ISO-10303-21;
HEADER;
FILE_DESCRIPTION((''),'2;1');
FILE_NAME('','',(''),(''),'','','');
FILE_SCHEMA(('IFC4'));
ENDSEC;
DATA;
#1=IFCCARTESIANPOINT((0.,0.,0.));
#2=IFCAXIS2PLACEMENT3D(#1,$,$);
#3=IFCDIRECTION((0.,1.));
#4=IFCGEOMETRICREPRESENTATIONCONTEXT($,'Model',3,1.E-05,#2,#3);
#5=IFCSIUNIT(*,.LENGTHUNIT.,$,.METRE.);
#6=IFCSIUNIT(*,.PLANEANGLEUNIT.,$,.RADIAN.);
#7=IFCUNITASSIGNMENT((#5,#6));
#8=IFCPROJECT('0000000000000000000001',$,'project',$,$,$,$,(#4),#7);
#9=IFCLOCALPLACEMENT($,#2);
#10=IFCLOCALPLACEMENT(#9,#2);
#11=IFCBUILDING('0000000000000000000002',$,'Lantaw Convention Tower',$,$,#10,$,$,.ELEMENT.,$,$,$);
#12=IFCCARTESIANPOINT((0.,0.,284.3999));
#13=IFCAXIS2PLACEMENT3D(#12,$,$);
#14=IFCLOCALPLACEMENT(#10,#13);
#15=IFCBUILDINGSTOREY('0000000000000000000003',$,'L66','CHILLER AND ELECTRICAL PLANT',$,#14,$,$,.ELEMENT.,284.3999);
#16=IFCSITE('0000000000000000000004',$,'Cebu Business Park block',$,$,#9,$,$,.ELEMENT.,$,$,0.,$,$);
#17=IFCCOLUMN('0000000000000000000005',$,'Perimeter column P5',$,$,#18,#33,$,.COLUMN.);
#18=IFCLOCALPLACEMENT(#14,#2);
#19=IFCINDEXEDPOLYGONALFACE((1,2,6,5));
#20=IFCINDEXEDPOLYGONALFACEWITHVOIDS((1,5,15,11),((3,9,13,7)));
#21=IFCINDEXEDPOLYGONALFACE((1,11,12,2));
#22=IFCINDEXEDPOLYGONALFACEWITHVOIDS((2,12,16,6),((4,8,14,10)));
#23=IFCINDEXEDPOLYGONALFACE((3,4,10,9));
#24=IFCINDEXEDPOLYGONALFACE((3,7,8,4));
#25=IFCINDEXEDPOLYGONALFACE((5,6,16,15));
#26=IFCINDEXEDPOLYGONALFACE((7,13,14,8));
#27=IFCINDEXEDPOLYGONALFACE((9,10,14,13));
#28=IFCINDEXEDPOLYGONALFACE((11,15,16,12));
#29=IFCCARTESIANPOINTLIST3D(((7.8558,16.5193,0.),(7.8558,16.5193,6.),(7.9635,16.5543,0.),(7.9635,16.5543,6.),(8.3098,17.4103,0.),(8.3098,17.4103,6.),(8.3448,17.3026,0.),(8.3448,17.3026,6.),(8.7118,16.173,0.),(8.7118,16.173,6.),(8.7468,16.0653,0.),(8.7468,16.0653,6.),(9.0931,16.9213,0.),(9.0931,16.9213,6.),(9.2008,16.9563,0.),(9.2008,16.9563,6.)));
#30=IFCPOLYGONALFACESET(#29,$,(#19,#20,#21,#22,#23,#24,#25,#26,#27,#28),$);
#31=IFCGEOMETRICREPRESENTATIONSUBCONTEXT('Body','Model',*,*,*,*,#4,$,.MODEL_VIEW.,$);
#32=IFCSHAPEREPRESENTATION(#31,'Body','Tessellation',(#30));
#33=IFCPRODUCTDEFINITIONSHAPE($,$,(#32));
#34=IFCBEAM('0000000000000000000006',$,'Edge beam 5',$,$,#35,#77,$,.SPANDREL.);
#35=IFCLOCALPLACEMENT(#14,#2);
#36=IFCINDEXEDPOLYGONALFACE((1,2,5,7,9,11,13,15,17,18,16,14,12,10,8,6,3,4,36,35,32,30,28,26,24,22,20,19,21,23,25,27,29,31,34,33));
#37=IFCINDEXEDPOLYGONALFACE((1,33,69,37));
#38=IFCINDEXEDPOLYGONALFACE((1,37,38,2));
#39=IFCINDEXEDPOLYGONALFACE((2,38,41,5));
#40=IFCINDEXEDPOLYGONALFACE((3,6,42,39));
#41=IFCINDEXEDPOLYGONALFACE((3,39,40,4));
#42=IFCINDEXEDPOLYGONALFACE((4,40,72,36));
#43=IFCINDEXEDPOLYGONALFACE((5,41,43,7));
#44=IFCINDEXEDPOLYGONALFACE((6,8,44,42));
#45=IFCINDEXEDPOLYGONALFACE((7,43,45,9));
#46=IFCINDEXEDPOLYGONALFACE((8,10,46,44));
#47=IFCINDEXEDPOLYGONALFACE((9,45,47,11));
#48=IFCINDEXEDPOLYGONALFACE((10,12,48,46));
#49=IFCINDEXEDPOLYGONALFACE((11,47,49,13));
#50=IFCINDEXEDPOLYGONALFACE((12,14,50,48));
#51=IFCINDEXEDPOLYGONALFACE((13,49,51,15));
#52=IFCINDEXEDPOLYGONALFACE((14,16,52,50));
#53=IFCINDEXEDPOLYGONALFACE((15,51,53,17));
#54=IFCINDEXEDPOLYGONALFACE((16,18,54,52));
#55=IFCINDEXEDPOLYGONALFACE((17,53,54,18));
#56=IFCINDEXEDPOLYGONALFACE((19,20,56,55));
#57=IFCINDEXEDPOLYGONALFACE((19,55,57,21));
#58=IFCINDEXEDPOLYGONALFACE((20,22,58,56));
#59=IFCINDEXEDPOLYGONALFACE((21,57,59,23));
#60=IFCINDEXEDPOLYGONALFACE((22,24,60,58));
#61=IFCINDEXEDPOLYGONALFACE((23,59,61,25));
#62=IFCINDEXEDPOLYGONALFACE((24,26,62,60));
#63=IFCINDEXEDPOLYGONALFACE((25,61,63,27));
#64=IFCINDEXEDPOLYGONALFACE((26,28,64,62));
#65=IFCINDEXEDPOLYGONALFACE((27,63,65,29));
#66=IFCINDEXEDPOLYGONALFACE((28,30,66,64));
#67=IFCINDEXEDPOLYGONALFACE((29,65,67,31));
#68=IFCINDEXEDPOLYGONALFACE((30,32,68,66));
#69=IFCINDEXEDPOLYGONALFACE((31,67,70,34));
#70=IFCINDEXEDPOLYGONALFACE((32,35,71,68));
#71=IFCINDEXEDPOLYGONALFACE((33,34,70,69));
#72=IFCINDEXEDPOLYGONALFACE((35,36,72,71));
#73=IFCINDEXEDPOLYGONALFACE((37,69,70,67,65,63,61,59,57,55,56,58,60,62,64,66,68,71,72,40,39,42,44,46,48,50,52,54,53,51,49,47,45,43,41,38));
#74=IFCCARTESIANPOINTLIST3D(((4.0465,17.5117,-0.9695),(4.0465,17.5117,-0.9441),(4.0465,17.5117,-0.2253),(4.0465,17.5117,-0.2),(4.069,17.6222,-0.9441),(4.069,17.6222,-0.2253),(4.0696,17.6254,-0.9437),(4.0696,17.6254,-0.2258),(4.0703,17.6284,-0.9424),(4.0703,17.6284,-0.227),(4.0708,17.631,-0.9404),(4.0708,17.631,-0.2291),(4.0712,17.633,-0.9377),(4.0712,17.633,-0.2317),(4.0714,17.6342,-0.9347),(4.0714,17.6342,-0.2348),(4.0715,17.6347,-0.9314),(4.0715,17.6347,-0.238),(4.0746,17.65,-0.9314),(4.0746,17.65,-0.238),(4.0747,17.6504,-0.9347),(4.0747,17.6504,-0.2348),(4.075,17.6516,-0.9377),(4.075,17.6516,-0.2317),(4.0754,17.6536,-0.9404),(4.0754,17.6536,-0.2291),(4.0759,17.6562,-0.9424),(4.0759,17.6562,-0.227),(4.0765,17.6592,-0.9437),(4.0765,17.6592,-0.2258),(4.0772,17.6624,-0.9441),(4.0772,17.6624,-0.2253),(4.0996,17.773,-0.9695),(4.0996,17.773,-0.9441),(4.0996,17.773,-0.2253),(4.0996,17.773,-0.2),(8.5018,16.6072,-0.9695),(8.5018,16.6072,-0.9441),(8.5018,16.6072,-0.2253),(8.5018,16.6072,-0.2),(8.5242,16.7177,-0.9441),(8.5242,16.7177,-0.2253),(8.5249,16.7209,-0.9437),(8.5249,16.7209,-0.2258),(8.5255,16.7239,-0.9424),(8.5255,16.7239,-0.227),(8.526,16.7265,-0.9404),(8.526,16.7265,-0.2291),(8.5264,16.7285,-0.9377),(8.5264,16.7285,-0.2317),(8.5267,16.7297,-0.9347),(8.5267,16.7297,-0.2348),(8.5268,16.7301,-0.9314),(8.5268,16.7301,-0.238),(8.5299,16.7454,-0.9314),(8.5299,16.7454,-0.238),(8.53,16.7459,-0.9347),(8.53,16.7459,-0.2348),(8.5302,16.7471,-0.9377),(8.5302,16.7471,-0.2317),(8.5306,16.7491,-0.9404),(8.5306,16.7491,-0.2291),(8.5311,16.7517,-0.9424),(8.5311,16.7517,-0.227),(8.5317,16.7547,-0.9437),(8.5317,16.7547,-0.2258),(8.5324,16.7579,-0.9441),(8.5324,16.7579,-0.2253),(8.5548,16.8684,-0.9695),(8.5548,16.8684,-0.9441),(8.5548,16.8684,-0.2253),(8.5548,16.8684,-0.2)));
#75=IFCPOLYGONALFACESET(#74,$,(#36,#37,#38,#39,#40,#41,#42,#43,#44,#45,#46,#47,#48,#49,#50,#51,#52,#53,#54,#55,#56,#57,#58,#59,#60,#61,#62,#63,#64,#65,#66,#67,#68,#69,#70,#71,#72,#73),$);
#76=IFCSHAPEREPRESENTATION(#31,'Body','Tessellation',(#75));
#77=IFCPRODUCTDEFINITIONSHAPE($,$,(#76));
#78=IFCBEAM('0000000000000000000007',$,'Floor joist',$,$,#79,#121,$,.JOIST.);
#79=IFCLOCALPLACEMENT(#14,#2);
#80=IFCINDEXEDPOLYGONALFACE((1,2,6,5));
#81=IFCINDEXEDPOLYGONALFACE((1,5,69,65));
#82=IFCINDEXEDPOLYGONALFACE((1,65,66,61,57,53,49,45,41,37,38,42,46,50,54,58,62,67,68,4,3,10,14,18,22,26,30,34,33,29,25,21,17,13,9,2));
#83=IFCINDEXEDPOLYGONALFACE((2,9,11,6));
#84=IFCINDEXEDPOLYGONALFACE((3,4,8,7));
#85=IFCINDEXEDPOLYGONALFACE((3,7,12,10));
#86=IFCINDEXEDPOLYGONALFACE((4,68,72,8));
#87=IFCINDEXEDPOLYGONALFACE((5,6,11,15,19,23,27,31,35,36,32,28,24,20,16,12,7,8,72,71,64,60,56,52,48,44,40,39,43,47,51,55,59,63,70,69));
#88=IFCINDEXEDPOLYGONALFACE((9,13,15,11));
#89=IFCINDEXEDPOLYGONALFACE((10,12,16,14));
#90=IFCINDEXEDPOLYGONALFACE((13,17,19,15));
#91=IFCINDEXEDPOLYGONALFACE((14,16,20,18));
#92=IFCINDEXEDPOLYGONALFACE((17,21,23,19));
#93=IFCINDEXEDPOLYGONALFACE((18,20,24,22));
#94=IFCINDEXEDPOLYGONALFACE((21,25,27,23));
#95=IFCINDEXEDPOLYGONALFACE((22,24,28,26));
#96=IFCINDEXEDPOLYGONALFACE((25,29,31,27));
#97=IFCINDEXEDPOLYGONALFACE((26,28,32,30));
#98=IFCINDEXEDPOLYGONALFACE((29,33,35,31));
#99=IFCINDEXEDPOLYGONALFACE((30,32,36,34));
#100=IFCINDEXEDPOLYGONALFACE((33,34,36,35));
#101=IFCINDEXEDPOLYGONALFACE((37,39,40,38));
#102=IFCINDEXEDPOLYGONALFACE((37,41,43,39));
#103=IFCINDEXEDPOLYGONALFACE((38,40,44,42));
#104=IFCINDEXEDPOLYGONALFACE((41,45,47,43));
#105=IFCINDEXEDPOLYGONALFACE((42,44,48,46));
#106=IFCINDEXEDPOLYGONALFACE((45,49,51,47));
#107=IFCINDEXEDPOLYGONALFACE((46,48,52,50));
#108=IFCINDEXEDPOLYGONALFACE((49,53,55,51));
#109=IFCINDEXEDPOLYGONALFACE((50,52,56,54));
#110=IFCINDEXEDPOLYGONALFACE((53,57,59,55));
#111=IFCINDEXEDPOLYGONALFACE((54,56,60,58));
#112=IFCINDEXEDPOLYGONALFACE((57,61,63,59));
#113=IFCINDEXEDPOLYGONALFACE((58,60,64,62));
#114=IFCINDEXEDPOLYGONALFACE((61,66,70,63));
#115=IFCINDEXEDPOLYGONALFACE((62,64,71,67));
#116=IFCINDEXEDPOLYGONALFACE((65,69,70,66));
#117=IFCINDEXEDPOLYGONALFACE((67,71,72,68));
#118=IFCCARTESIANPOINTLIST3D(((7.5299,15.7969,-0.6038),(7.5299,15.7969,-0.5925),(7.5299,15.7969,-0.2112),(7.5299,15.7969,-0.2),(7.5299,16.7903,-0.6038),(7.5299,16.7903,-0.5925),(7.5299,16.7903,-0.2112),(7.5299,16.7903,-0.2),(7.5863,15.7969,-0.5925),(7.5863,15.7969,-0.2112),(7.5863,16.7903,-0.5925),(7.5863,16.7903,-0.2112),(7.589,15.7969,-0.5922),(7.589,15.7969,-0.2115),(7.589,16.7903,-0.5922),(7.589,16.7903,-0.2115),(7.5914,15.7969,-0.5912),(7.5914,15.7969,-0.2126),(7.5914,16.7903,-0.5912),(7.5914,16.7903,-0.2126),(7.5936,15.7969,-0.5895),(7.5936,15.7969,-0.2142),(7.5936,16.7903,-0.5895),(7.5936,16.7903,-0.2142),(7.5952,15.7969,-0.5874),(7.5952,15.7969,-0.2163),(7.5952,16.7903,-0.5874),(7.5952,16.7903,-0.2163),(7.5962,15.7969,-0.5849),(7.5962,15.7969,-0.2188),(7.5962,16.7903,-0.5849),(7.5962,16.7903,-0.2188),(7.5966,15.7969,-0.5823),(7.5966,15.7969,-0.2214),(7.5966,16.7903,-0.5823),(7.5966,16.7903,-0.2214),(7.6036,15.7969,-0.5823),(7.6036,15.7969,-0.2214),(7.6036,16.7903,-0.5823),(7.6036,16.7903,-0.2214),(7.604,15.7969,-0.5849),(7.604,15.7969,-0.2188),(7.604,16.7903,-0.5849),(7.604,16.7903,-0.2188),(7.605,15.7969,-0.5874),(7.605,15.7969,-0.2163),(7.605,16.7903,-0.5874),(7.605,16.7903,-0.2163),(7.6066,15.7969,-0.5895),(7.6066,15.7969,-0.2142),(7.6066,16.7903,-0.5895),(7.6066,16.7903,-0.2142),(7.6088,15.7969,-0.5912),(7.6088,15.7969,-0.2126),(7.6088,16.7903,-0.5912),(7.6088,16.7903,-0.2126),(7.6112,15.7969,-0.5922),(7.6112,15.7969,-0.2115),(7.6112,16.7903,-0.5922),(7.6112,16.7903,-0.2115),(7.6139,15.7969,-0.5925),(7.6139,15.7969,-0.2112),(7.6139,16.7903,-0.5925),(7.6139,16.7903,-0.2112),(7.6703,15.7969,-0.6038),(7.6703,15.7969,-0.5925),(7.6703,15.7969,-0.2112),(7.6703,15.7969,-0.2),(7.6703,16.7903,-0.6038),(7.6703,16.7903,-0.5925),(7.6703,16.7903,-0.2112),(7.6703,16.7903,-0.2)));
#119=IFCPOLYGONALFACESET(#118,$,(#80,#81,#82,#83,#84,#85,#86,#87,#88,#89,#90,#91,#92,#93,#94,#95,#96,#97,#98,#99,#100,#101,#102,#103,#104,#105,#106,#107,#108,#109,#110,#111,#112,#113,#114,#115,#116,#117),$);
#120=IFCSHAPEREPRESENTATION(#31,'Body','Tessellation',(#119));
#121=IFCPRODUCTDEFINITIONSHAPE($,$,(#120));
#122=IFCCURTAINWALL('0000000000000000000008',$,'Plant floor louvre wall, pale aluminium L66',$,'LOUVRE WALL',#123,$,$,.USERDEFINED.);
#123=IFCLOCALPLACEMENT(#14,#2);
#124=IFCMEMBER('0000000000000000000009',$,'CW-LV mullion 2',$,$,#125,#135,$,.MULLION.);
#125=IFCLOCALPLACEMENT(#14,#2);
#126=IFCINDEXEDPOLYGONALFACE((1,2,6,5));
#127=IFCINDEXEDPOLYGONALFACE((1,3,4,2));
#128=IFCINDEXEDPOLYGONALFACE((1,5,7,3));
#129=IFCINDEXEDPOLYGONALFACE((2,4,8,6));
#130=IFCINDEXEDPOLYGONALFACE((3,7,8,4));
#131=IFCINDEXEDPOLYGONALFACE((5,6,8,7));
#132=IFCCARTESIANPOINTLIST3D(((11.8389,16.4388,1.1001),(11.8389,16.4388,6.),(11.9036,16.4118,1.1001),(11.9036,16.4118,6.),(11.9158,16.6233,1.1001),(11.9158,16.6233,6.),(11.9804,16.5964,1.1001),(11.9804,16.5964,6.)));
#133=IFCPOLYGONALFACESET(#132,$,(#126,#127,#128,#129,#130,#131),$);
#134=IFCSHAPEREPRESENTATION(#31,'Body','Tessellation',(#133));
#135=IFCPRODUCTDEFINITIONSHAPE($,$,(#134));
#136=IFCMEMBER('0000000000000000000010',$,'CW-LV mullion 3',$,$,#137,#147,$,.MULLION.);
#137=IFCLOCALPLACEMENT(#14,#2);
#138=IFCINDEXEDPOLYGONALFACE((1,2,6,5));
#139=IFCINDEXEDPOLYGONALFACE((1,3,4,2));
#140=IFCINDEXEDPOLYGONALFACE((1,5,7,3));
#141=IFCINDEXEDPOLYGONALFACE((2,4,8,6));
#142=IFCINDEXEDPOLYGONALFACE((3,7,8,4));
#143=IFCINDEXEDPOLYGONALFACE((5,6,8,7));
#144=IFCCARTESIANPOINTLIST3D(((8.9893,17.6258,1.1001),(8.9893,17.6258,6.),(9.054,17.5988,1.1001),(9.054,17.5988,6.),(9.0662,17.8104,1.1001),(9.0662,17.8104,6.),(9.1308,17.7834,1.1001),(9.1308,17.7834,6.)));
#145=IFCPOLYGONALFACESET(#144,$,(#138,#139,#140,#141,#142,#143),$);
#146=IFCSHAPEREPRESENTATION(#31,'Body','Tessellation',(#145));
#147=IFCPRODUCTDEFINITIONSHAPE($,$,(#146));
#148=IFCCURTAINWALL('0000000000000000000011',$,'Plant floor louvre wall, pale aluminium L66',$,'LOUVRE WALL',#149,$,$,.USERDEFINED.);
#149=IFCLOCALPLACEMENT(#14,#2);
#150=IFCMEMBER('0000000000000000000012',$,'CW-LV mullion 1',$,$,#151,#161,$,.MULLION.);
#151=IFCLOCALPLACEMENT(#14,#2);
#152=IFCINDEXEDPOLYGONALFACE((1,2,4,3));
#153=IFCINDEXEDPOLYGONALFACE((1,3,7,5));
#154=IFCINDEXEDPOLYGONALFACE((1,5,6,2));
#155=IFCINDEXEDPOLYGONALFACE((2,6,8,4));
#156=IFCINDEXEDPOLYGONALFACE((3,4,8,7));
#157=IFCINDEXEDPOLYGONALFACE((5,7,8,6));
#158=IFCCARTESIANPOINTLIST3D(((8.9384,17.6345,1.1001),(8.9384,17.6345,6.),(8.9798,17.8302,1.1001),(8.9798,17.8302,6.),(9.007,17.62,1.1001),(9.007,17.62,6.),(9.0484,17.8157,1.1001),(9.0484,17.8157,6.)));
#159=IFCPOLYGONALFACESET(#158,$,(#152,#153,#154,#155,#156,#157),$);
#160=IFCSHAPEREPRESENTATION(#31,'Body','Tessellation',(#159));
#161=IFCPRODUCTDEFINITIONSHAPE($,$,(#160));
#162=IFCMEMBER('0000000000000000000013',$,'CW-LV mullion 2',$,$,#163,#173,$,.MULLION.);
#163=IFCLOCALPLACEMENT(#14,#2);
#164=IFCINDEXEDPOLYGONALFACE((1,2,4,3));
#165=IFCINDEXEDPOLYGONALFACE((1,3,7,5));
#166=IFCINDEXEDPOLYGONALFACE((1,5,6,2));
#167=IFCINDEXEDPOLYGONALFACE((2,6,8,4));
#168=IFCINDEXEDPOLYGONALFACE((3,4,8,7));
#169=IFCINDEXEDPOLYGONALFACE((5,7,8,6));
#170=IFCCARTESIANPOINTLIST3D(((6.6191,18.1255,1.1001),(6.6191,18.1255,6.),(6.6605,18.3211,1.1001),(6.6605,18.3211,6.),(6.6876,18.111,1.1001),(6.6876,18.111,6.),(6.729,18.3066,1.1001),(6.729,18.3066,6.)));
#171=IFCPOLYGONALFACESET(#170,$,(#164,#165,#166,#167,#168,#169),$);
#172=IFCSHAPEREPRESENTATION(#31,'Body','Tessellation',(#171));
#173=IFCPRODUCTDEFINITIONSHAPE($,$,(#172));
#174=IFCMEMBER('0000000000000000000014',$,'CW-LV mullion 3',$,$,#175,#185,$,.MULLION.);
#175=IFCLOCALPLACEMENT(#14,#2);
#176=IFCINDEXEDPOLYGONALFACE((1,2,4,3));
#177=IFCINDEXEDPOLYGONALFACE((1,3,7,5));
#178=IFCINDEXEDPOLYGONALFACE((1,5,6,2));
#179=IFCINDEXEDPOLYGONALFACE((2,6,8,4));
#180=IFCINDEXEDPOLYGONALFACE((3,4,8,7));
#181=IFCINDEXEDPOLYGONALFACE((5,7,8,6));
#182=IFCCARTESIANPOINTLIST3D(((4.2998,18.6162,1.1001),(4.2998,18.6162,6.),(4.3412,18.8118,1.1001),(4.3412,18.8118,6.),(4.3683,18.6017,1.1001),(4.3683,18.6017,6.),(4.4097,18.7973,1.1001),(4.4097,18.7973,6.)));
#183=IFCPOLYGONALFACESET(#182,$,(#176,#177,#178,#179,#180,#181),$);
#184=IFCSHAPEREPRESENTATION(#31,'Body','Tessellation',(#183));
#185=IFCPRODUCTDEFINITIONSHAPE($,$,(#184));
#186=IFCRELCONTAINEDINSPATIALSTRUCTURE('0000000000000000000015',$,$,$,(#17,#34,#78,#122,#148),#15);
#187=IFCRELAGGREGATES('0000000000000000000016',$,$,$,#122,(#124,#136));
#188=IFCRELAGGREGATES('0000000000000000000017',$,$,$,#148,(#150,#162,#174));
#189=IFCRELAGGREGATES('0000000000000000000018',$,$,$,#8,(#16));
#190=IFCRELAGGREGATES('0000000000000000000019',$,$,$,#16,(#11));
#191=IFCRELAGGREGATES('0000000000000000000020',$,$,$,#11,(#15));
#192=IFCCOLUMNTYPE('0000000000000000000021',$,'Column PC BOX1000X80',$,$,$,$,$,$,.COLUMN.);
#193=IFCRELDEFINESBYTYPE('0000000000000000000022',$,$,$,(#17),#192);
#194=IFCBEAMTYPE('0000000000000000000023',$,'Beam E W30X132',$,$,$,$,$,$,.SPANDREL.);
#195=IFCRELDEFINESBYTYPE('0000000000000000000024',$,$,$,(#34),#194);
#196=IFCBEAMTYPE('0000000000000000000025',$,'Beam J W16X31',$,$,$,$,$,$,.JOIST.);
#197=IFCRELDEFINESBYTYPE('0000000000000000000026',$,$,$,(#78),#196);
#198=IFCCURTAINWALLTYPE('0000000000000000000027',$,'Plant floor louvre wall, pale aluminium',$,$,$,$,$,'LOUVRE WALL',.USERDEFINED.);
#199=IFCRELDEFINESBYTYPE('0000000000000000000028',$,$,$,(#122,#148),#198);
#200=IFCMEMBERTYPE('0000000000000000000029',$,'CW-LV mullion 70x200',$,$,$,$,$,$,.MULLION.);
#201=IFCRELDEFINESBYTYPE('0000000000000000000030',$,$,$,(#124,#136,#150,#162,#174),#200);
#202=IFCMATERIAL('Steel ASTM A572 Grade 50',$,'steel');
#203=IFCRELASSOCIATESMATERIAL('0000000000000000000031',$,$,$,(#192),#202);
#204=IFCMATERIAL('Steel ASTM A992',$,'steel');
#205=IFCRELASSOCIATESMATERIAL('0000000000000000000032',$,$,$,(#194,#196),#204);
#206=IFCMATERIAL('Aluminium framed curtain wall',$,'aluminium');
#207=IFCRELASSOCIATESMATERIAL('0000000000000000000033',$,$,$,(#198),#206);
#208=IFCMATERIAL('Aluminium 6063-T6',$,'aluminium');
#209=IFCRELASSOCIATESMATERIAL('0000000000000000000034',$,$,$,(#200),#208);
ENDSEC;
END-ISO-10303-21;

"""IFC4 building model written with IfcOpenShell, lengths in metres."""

from ifc_helpers import new_model, si_unit, direction, frame, origin, origin_2d, place, context, subcontext, project, spatial, rectangle, hollow_rectangle, i_section, extrude, material, material_profile, profile_set, type_object, element, aggregate, save


model = new_model("IFC4")

# Units and contexts
model_context = context("Model", 3, precision=1e-05, world=origin(), true_north=direction((0.0, 1.0)))
body_context = subcontext(model_context, "Body", "Model", "MODEL_VIEW")
ifc_project = project(units=[si_unit("LENGTHUNIT", "METRE"), si_unit("PLANEANGLEUNIT", "RADIAN")], contexts=[model_context])

# Site, building, storey
site_placement = place(None, origin())
site = spatial("IfcSite", under=ifc_project, at=site_placement, Name="Cebu Business Park block", CompositionType="ELEMENT", RefElevation=0.0)
building_placement = place(site_placement, origin())
building = spatial("IfcBuilding", under=site, at=building_placement, Name="Lantaw Convention Tower", CompositionType="ELEMENT")
storey_placement = place(building_placement, frame((0.0, 0.0, 284.3999)))
storey = spatial("IfcBuildingStorey", under=building, at=storey_placement, Name="L66", Description="CHILLER AND ELECTRICAL PLANT", CompositionType="ELEMENT", Elevation=284.3999)

# Column
ifc_material_1 = material(Name="Steel ASTM A572 Grade 50", Category="steel")
ifc_material_profile_1 = material_profile(ifc_material_1, hollow_rectangle(XDim=1.0, YDim=1.0, WallThickness=0.0801, at=origin_2d()), Name="BOX1000X80")
ifc_material_2 = material(Name="Concrete C60/75", Category="concrete")
ifc_material_profile_2 = material_profile(ifc_material_2, rectangle(XDim=0.8401, YDim=0.8401, at=origin_2d()), Name="Concrete fill of BOX1000X80")
ifc_profile_set_1 = profile_set([ifc_material_profile_1, ifc_material_profile_2], Name="Steel ASTM A572 Grade 50")
column_type = type_object("IfcColumnType", Name="Column PC BOX1000X80", PredefinedType="COLUMN", material=ifc_profile_set_1)
column_placement = place(storey_placement, frame((8.5283, 16.7378, 0.0), z_axis=(0.0, 0.0, 1.0), x_axis=(0.45399, 0.891007, 0.0)))
element("IfcColumn", 1, at=column_placement, inside=storey, type_object=column_type, Name="Perimeter column P5", PredefinedType="COLUMN", context=body_context, shape_type="SweptSolid", body=[
    extrude(hollow_rectangle(XDim=1.0, YDim=1.0, WallThickness=0.0801, at=origin_2d()), origin(), (0.0, 0.0, 1.0), 6.0),
])

# Beams
ifc_material_3 = material(Name="Steel ASTM A992", Category="steel")
ifc_material_profile_3 = material_profile(ifc_material_3, i_section(OverallWidth=0.2666, OverallDepth=0.7695, WebThickness=0.0156, FlangeThickness=0.0254, FilletRadius=0.0127, at=origin_2d()), Name="W30X132")
ifc_profile_set_2 = profile_set([ifc_material_profile_3], Name="Steel ASTM A992")
beam_type_1 = type_object("IfcBeamType", Name="Beam E W30X132", PredefinedType="SPANDREL", material=ifc_profile_set_2)
beam_1_placement = place(storey_placement, frame((8.5283, 16.7378, -0.5847), z_axis=(-0.980006, 0.198966, 0.0), x_axis=(-0.198966, -0.980006, 0.0)))
element("IfcBeam", 2, at=beam_1_placement, inside=storey, type_object=beam_type_1, Name="Edge beam 5", PredefinedType="SPANDREL", context=body_context, shape_type="SweptSolid", body=[
    extrude(i_section(OverallWidth=0.2666, OverallDepth=0.7695, WebThickness=0.0156, FlangeThickness=0.0254, FilletRadius=0.0127, at=origin_2d()), origin(), (0.0, 0.0, 1.0), 4.5461),
])
ifc_material_profile_4 = material_profile(ifc_material_3, i_section(OverallWidth=0.1404, OverallDepth=0.4038, WebThickness=0.0071, FlangeThickness=0.0112, FilletRadius=0.0103, at=origin_2d()), Name="W16X31")
ifc_profile_set_3 = profile_set([ifc_material_profile_4], Name="Steel ASTM A992")
beam_type_2 = type_object("IfcBeamType", Name="Beam J W16X31", PredefinedType="JOIST", material=ifc_profile_set_3)
beam_2_placement = place(storey_placement, frame((7.6001, 15.7969, -0.4019), z_axis=(0.0, 1.0, 0.0), x_axis=(-1.0, 0.0, 0.0)))
element("IfcBeam", 3, at=beam_2_placement, inside=storey, type_object=beam_type_2, Name="Floor joist", PredefinedType="JOIST", context=body_context, shape_type="SweptSolid", body=[
    extrude(i_section(OverallWidth=0.1404, OverallDepth=0.4038, WebThickness=0.0071, FlangeThickness=0.0112, FilletRadius=0.0103, at=origin_2d()), origin(), (0.0, 0.0, 1.0), 0.9934),
])

# Curtain walls, members
ifc_material_4 = material(Name="Aluminium framed curtain wall", Category="aluminium")
curtain_wall_type = type_object("IfcCurtainWallType", Name="Plant floor louvre wall, pale aluminium", ElementType="LOUVRE WALL", PredefinedType="USERDEFINED", material=ifc_material_4)
curtain_wall_1_placement = place(storey_placement, origin())
curtain_wall_1 = element("IfcCurtainWall", 4, at=curtain_wall_1_placement, inside=storey, type_object=curtain_wall_type, Name="Plant floor louvre wall, pale aluminium L66", ObjectType="LOUVRE WALL", PredefinedType="USERDEFINED")
ifc_material_5 = material(Name="Aluminium 6063-T6", Category="aluminium")
ifc_material_profile_5 = material_profile(ifc_material_5, rectangle(XDim=0.2, YDim=0.0701, at=origin_2d()), Name="CW-LV mullion 70x200")
ifc_profile_set_4 = profile_set([ifc_material_profile_5], Name="Aluminium 6063-T6")
member_type_1 = type_object("IfcMemberType", Name="CW-LV mullion 70x200", PredefinedType="MULLION", material=ifc_profile_set_4)
member_1_placement = place(storey_placement, frame((11.9097, 16.5176, 1.1001), z_axis=(0.0, 0.0, 1.0), x_axis=(-0.38446, -0.923142, 0.0)))
member_1 = element("IfcMember", 5, at=member_1_placement, type_object=member_type_1, Name="CW-LV mullion 2", PredefinedType="MULLION", context=body_context, shape_type="SweptSolid", body=[
    extrude(rectangle(XDim=0.2, YDim=0.0701, at=origin_2d()), origin(), (0.0, 0.0, 1.0), 4.8999),
])
member_2_placement = place(storey_placement, frame((9.0601, 17.7046, 1.1001), z_axis=(0.0, 0.0, 1.0), x_axis=(-0.38446, -0.923142, 0.0)))
member_2 = element("IfcMember", 6, at=member_2_placement, type_object=member_type_1, Name="CW-LV mullion 3", PredefinedType="MULLION", context=body_context, shape_type="SweptSolid", body=[
    extrude(rectangle(XDim=0.2, YDim=0.0701, at=origin_2d()), origin(), (0.0, 0.0, 1.0), 4.8999),
])
curtain_wall_2_placement = place(storey_placement, origin())
curtain_wall_2 = element("IfcCurtainWall", 7, at=curtain_wall_2_placement, inside=storey, type_object=curtain_wall_type, Name="Plant floor louvre wall, pale aluminium L66", ObjectType="LOUVRE WALL", PredefinedType="USERDEFINED")
member_3_placement = place(storey_placement, frame((8.9934, 17.7251, 1.1001), z_axis=(0.0, 0.0, 1.0), x_axis=(-0.20704, -0.978332, 0.0)))
member_3 = element("IfcMember", 8, at=member_3_placement, type_object=member_type_1, Name="CW-LV mullion 1", PredefinedType="MULLION", context=body_context, shape_type="SweptSolid", body=[
    extrude(rectangle(XDim=0.2, YDim=0.0701, at=origin_2d()), origin(), (0.0, 0.0, 1.0), 4.8999),
])
member_4_placement = place(storey_placement, frame((6.6741, 18.2161, 1.1001), z_axis=(0.0, 0.0, 1.0), x_axis=(-0.20704, -0.978332, 0.0)))
member_4 = element("IfcMember", 9, at=member_4_placement, type_object=member_type_1, Name="CW-LV mullion 2", PredefinedType="MULLION", context=body_context, shape_type="SweptSolid", body=[
    extrude(rectangle(XDim=0.2, YDim=0.0701, at=origin_2d()), origin(), (0.0, 0.0, 1.0), 4.8999),
])
member_5_placement = place(storey_placement, frame((4.3547, 18.7068, 1.1001), z_axis=(0.0, 0.0, 1.0), x_axis=(-0.20704, -0.978332, 0.0)))
member_5 = element("IfcMember", 10, at=member_5_placement, type_object=member_type_1, Name="CW-LV mullion 3", PredefinedType="MULLION", context=body_context, shape_type="SweptSolid", body=[
    extrude(rectangle(XDim=0.2, YDim=0.0701, at=origin_2d()), origin(), (0.0, 0.0, 1.0), 4.8999),
])

aggregate(curtain_wall_1, [member_1, member_2])
aggregate(curtain_wall_2, [member_3, member_4, member_5])

save(model, "model.ifc")
